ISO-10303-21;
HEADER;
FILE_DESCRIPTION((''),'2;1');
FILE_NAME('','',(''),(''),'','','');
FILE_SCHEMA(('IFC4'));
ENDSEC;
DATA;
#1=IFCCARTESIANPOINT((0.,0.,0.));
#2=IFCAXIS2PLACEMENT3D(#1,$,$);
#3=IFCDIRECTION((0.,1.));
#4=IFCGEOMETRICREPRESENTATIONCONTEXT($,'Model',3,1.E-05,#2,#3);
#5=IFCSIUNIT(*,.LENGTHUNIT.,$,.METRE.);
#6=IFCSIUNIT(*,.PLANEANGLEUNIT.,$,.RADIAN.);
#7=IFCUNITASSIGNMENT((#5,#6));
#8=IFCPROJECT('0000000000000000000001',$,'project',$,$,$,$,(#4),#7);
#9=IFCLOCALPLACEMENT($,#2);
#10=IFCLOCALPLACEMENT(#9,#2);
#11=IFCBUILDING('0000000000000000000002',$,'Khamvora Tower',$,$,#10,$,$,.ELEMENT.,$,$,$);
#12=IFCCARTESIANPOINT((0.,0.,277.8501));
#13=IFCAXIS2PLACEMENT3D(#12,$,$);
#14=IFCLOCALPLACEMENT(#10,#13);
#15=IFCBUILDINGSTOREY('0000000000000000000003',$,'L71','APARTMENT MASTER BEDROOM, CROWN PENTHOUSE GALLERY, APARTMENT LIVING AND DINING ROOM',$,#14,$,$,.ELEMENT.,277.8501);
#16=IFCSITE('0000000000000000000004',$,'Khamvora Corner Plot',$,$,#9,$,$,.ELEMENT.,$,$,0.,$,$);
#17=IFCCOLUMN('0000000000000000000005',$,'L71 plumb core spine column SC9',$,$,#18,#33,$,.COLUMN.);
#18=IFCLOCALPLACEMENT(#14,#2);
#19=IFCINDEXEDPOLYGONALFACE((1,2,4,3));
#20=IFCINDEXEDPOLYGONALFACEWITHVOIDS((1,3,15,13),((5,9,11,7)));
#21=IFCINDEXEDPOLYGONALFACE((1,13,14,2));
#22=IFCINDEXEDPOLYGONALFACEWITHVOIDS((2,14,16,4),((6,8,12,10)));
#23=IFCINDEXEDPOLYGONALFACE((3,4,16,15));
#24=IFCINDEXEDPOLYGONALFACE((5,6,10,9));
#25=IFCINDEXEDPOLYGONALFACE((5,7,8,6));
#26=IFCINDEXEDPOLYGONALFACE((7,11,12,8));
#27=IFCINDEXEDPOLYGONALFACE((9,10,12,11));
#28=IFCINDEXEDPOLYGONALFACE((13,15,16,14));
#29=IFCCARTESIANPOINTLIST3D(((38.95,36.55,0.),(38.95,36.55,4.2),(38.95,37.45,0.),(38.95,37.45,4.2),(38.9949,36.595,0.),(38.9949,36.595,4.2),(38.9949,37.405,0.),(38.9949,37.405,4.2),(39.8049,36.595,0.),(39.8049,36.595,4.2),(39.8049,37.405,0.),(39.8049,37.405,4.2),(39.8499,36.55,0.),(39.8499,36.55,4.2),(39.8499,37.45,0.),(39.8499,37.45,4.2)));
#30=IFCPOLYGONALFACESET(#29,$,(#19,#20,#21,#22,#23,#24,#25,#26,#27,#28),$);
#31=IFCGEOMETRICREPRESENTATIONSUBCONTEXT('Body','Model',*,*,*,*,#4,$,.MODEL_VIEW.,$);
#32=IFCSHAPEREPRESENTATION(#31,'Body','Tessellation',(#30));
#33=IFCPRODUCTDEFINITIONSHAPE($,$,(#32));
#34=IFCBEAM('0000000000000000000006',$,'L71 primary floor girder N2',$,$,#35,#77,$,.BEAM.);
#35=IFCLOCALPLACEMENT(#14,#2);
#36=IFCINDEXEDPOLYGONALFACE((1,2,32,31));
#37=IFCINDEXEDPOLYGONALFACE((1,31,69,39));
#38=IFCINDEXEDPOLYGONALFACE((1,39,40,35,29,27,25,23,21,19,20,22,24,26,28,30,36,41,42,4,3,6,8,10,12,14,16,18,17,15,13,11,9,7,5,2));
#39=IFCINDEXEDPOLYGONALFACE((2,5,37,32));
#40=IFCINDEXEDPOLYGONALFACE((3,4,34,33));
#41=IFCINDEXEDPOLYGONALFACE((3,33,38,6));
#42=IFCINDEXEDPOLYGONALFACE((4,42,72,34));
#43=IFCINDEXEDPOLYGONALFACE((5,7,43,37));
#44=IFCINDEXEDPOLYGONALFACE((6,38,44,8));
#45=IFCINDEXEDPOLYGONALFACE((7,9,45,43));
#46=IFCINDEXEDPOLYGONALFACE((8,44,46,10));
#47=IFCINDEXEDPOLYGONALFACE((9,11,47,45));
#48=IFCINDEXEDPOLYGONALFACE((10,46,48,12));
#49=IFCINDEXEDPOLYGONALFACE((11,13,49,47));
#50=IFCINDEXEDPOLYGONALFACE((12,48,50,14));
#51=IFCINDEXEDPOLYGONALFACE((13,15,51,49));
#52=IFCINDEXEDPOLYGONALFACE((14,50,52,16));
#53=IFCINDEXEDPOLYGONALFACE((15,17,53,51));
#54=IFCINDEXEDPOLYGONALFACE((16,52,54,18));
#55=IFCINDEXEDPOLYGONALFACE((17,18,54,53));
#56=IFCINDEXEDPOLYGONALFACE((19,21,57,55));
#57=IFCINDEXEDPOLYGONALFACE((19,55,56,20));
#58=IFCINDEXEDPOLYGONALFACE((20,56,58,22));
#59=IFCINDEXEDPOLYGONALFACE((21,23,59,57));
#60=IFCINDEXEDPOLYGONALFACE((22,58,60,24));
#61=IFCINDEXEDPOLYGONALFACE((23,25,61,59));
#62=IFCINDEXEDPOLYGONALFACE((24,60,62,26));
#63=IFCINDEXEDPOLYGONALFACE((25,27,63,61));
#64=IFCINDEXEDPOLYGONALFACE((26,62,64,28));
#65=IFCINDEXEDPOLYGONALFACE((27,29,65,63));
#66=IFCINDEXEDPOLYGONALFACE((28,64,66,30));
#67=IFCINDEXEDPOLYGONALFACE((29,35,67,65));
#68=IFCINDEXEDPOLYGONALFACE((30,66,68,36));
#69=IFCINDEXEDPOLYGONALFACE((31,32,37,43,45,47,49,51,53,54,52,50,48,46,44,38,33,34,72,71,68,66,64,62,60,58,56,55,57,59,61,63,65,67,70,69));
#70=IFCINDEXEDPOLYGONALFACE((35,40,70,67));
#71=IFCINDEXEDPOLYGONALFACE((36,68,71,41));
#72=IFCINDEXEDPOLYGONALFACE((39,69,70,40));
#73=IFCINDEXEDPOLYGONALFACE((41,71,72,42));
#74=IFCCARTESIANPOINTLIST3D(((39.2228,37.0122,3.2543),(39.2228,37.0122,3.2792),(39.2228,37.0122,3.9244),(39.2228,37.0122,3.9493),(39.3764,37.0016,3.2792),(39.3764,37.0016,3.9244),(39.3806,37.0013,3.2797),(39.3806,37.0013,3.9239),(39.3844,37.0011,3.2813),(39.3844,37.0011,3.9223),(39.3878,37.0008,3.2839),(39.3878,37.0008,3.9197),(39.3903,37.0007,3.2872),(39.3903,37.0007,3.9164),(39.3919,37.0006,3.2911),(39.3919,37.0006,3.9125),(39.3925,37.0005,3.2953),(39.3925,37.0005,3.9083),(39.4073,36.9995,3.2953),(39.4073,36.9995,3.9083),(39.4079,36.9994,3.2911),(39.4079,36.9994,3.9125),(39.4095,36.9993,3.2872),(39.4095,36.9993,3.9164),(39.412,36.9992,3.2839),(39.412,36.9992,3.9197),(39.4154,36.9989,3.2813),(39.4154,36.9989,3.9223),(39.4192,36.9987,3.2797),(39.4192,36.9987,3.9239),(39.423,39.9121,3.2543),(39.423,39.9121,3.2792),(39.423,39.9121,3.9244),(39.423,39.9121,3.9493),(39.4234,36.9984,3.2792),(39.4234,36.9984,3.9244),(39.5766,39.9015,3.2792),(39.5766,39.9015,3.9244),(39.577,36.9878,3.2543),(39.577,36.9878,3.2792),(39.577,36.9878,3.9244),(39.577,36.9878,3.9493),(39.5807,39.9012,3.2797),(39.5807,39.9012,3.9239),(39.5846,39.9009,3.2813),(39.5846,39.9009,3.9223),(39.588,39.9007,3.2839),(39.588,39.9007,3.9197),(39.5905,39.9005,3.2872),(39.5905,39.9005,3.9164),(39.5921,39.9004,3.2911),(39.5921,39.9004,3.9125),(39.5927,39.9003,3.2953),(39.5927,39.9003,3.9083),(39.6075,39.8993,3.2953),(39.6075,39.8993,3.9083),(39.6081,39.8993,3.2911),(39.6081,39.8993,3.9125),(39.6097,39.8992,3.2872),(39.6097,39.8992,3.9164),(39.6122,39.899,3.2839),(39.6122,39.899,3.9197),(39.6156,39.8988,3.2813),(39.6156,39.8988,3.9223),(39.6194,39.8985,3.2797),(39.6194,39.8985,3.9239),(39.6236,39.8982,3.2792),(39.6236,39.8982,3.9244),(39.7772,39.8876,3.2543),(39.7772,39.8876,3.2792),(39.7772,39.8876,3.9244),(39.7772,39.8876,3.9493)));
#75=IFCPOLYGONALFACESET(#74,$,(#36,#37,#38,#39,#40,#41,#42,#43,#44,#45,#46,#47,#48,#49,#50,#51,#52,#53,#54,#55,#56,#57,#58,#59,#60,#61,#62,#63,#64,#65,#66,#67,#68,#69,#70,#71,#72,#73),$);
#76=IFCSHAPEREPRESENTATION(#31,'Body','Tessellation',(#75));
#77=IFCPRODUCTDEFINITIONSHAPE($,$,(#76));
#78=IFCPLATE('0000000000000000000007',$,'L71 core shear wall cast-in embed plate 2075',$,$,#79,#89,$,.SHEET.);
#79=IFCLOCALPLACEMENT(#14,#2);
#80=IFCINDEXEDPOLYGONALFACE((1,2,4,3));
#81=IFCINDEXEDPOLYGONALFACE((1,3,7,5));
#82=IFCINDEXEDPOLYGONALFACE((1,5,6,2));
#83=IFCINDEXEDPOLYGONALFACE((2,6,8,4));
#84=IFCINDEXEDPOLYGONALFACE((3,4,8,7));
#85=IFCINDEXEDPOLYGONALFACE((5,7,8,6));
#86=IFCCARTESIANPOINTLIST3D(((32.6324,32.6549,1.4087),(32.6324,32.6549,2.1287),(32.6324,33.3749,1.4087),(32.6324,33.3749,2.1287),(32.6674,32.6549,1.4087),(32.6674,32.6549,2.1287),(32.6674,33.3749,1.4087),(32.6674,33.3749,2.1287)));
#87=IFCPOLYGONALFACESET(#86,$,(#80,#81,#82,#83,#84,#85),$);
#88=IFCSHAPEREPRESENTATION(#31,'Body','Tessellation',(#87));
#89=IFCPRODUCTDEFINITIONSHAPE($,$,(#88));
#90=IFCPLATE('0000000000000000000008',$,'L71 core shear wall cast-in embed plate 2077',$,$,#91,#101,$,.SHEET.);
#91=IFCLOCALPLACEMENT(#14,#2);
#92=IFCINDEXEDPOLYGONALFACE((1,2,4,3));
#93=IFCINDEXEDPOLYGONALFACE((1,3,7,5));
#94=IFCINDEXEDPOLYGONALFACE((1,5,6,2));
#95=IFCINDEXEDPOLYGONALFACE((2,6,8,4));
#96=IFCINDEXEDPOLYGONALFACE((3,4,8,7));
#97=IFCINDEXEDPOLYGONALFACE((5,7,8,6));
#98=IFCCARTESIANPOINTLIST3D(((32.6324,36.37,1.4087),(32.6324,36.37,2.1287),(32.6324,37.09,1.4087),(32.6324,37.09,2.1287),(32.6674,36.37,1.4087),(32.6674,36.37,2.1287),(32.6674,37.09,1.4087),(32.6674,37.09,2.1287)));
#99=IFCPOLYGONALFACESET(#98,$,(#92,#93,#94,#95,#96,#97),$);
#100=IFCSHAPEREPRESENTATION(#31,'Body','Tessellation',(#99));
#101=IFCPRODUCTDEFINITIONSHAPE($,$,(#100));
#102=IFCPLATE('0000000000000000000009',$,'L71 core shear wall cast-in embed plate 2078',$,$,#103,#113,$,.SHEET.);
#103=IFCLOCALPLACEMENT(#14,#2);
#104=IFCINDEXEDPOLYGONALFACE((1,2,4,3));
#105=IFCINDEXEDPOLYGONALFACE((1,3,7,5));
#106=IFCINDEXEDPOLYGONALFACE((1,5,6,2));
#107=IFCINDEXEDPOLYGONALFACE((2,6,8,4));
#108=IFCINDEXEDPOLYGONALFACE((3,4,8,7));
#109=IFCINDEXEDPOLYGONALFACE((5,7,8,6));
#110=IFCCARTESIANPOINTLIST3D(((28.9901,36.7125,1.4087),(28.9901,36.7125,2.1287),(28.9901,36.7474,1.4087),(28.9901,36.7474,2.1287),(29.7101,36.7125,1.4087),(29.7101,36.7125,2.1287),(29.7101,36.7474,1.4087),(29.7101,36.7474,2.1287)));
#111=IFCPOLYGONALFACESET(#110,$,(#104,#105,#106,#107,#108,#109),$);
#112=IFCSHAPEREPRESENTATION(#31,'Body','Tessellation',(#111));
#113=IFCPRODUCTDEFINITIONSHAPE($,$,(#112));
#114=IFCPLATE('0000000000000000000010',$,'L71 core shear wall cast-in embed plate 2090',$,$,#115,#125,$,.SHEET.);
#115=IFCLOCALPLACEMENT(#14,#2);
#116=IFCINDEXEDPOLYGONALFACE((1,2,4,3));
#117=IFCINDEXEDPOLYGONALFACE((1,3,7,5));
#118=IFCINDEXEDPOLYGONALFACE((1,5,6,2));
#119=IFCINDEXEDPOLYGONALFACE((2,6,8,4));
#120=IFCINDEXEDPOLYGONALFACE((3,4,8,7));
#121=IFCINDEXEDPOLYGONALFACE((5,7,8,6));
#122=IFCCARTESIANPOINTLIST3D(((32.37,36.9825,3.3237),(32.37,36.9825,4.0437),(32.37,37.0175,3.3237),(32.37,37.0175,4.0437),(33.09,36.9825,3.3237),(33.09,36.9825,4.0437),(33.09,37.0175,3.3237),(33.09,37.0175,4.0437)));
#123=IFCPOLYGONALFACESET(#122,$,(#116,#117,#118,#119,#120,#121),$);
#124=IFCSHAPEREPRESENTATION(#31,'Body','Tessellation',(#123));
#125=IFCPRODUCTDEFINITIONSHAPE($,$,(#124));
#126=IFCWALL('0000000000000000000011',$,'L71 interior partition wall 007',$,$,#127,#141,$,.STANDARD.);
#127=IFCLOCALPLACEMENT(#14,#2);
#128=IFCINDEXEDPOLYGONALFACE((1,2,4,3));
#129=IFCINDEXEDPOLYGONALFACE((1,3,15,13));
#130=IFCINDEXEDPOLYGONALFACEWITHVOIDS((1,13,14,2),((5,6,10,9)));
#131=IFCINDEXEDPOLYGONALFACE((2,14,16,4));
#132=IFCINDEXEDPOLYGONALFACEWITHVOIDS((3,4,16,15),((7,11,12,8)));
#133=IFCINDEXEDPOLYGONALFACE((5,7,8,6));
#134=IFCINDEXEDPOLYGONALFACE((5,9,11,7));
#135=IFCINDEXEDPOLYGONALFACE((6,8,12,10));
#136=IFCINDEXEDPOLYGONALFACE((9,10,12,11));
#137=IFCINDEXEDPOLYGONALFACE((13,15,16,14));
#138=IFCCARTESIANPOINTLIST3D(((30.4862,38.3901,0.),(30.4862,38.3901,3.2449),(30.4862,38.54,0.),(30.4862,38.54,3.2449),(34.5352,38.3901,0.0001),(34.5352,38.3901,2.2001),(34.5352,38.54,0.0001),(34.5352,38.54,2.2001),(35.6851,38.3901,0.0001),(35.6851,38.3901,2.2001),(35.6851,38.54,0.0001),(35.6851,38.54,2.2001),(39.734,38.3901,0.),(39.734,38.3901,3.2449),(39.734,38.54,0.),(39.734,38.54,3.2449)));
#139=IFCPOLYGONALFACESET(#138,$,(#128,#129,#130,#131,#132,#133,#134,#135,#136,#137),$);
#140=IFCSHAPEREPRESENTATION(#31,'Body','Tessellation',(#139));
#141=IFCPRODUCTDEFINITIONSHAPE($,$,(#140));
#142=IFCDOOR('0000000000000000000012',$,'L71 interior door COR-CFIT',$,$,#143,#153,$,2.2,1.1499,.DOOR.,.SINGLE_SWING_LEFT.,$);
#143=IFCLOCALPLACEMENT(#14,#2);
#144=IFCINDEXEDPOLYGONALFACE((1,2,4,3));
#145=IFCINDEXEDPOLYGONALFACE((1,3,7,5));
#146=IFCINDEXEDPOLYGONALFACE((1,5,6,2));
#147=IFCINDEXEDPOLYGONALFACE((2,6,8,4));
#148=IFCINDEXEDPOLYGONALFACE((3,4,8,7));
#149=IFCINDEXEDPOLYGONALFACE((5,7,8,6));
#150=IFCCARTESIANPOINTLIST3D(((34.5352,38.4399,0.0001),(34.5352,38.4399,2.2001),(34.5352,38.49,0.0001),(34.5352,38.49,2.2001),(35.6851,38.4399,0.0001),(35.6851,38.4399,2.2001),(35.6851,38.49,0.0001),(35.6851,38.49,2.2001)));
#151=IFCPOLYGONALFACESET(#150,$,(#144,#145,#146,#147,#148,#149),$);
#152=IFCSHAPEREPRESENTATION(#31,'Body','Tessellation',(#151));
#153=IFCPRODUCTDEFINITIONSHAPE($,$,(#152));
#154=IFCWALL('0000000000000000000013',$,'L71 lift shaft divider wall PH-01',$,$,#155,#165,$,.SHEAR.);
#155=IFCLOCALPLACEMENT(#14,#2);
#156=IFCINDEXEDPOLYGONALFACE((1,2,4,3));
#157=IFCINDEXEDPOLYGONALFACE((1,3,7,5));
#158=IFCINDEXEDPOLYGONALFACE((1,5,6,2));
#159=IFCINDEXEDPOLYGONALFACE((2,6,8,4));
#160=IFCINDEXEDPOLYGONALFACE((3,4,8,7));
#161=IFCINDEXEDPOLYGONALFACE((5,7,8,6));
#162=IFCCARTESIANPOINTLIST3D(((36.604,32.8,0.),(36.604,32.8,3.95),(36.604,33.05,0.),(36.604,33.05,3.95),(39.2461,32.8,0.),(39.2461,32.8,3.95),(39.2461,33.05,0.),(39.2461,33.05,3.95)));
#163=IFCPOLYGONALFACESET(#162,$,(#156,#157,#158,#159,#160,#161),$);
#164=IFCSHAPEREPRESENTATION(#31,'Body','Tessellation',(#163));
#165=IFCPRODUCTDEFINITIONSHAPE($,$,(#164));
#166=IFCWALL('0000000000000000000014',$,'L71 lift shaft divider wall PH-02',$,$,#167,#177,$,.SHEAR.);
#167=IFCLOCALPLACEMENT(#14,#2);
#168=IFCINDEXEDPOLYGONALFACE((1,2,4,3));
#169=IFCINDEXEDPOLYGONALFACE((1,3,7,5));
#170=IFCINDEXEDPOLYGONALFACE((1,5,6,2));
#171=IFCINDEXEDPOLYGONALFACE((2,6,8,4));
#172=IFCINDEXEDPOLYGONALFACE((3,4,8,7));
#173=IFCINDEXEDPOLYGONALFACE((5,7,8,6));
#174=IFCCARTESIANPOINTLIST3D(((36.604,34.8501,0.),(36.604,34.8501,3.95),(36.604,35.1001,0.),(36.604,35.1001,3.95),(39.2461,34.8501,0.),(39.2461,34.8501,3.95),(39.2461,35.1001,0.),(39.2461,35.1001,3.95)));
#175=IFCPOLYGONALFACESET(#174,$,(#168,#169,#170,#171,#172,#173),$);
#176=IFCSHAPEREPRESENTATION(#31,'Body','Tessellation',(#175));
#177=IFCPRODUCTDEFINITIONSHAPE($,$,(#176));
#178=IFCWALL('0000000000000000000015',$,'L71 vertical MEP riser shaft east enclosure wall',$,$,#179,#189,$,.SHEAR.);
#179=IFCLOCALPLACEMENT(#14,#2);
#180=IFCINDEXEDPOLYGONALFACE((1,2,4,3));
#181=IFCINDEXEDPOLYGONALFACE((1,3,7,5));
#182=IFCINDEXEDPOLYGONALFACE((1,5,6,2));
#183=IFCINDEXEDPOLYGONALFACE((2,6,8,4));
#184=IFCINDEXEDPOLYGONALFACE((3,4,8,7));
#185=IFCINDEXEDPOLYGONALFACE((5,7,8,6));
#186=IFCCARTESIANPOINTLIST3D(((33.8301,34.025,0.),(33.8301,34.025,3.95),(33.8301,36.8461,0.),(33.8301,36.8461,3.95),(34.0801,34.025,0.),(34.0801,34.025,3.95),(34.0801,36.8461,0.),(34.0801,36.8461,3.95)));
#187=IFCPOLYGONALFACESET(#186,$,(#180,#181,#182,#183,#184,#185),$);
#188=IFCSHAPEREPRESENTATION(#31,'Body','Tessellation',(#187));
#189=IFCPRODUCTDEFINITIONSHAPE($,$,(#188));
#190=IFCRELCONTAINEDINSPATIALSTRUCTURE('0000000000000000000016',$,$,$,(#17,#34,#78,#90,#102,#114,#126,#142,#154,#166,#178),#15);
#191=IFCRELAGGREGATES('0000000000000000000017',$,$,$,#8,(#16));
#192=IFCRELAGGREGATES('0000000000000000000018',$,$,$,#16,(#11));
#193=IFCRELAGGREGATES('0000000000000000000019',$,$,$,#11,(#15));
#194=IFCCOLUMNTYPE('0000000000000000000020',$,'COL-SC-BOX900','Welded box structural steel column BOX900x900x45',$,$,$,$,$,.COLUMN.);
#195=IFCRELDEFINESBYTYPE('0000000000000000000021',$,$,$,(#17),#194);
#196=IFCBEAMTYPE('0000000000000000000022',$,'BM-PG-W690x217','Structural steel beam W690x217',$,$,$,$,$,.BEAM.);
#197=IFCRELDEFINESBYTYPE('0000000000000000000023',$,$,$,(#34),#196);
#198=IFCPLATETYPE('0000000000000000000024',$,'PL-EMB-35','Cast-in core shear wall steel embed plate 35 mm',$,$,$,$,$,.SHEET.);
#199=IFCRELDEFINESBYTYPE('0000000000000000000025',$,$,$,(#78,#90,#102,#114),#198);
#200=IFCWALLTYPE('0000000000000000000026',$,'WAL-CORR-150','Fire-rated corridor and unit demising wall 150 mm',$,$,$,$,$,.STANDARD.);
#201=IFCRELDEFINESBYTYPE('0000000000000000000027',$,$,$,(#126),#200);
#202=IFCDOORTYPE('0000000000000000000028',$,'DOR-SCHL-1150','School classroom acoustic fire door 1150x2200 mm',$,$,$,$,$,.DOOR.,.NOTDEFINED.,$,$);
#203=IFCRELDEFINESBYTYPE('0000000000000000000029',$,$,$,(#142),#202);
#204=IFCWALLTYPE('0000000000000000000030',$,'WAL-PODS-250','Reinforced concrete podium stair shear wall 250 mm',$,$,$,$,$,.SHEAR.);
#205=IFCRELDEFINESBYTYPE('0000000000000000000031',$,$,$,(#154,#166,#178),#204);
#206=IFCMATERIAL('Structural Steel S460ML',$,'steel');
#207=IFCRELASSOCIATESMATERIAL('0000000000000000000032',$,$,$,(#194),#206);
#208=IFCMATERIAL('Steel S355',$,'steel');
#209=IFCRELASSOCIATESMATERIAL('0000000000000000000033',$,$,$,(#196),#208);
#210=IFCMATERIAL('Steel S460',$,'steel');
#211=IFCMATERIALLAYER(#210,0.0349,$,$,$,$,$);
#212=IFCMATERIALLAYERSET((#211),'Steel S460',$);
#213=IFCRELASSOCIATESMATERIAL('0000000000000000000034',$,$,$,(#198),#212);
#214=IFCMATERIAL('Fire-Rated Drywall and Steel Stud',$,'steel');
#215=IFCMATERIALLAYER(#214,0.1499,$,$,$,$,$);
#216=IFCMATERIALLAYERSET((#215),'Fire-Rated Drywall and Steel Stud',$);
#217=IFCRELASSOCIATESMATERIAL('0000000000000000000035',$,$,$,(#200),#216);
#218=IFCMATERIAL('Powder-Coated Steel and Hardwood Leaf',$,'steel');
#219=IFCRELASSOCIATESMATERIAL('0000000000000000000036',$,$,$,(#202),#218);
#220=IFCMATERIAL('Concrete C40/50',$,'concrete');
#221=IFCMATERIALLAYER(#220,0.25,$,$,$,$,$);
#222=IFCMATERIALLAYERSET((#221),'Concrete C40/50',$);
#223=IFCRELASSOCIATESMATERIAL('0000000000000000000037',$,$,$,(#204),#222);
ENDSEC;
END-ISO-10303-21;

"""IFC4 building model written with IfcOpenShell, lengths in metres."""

from ifc_helpers import new_model, si_unit, direction, frame, frame_2d, origin, origin_2d, place, context, subcontext, project, spatial, rectangle, hollow_rectangle, i_section, extrude, material, layer, layer_set, material_profile, profile_set, type_object, element, fill, save


model = new_model("IFC4")

# Units and contexts
model_context = context("Model", 3, precision=1e-05, world=origin(), true_north=direction((0.0, 1.0)))
body_context = subcontext(model_context, "Body", "Model", "MODEL_VIEW")
ifc_project = project(units=[si_unit("LENGTHUNIT", "METRE"), si_unit("PLANEANGLEUNIT", "RADIAN")], contexts=[model_context])

# Site, building, storey
site_placement = place(None, origin())
site = spatial("IfcSite", under=ifc_project, at=site_placement, Name="Khamvora Corner Plot", CompositionType="ELEMENT", RefElevation=0.0)
building_placement = place(site_placement, origin())
building = spatial("IfcBuilding", under=site, at=building_placement, Name="Khamvora Tower", CompositionType="ELEMENT")
storey_placement = place(building_placement, frame((0.0, 0.0, 277.8501)))
storey = spatial("IfcBuildingStorey", under=building, at=storey_placement, Name="L71", Description="APARTMENT MASTER BEDROOM, CROWN PENTHOUSE GALLERY, APARTMENT LIVING AND DINING ROOM", CompositionType="ELEMENT", Elevation=277.8501)

# Column
ifc_material_1 = material(Name="Structural Steel S460ML", Category="steel")
ifc_material_profile_1 = material_profile(ifc_material_1, hollow_rectangle(XDim=0.8999, YDim=0.8999, WallThickness=0.0449, at=origin_2d()), Name="BOX900x900x45")
ifc_profile_set_1 = profile_set([ifc_material_profile_1], Name="Structural Steel S460ML")
column_type = type_object("IfcColumnType", Name="COL-SC-BOX900", Description="Welded box structural steel column BOX900x900x45", PredefinedType="COLUMN", material=ifc_profile_set_1)
column_placement = place(storey_placement, frame((39.3999, 37.0, 0.0), z_axis=(0.0, 0.0, 1.0), x_axis=(1.0, 0.0, 0.0)))
element("IfcColumn", 1, at=column_placement, inside=storey, type_object=column_type, Name="L71 plumb core spine column SC9", PredefinedType="COLUMN", context=body_context, shape_type="SweptSolid", body=[
    extrude(hollow_rectangle(XDim=0.8999, YDim=0.8999, WallThickness=0.0449, at=origin_2d()), origin(), (0.0, 0.0, 1.0), 4.2),
])

# Beam
ifc_material_2 = material(Name="Steel S355", Category="steel")
ifc_material_profile_2 = material_profile(ifc_material_2, i_section(OverallWidth=0.355, OverallDepth=0.6951, WebThickness=0.0149, FlangeThickness=0.0249, FilletRadius=0.0161, at=origin_2d()), Name="W690x217")
ifc_profile_set_2 = profile_set([ifc_material_profile_2], Name="Steel S355")
beam_type = type_object("IfcBeamType", Name="BM-PG-W690x217", Description="Structural steel beam W690x217", PredefinedType="BEAM", material=ifc_profile_set_2)
beam_placement = place(storey_placement, frame((39.3999, 37.0, 3.6018), z_axis=(0.068871, 0.997626, 0.0), x_axis=(-0.997626, 0.068871, 0.0)))
element("IfcBeam", 2, at=beam_placement, inside=storey, type_object=beam_type, Name="L71 primary floor girder N2", PredefinedType="BEAM", context=body_context, shape_type="SweptSolid", body=[
    extrude(i_section(OverallWidth=0.355, OverallDepth=0.6951, WebThickness=0.0149, FlangeThickness=0.0249, FilletRadius=0.0161, at=origin_2d()), origin(), (0.0, 0.0, 1.0), 2.9067),
])

# Plates
ifc_material_3 = material(Name="Steel S460", Category="steel")
ifc_layer_1 = layer(ifc_material_3, 0.0349)
ifc_layer_set_1 = layer_set([ifc_layer_1], Name="Steel S460")
plate_type = type_object("IfcPlateType", Name="PL-EMB-35", Description="Cast-in core shear wall steel embed plate 35 mm", PredefinedType="SHEET", material=ifc_layer_set_1)
for number, where, z_axis, x_axis, name in (
    (3, (32.6499, 33.0149, 1.4087), (0.0, 0.0, 1.0), (1.0, 0.0, 0.0), "L71 core shear wall cast-in embed plate 2075"),
    (4, (32.6499, 36.73, 1.4087), (0.0, 0.0, 1.0), (1.0, 0.0, 0.0), "L71 core shear wall cast-in embed plate 2077"),
):
    element("IfcPlate", number, at=place(storey_placement, frame(where, z_axis=z_axis, x_axis=x_axis)), inside=storey, type_object=plate_type, Name=name, PredefinedType="SHEET", context=body_context, shape_type="SweptSolid", body=[
        extrude(rectangle(XDim=0.0349, YDim=0.72, at=origin_2d()), origin(), (0.0, 0.0, 1.0), 0.72),
    ])
for number, where, z_axis, x_axis, name in (
    (5, (29.3501, 36.73, 1.4087), (0.0, 0.0, 1.0), (1.0, 0.0, 0.0), "L71 core shear wall cast-in embed plate 2078"),
    (6, (32.73, 37.0, 3.3237), (0.0, 0.0, 1.0), (1.0, 0.0, 0.0), "L71 core shear wall cast-in embed plate 2090"),
):
    element("IfcPlate", number, at=place(storey_placement, frame(where, z_axis=z_axis, x_axis=x_axis)), inside=storey, type_object=plate_type, Name=name, PredefinedType="SHEET", context=body_context, shape_type="SweptSolid", body=[
        extrude(rectangle(XDim=0.72, YDim=0.0349, at=origin_2d()), origin(), (0.0, 0.0, 1.0), 0.72),
    ])

# Shared definitions
ifc_material_4 = material(Name="Powder-Coated Steel and Hardwood Leaf", Category="steel")

# Wall, opening, door
ifc_material_5 = material(Name="Fire-Rated Drywall and Steel Stud", Category="steel")
ifc_layer_2 = layer(ifc_material_5, 0.1499)
ifc_layer_set_2 = layer_set([ifc_layer_2], Name="Fire-Rated Drywall and Steel Stud")
wall_type_1 = type_object("IfcWallType", Name="WAL-CORR-150", Description="Fire-rated corridor and unit demising wall 150 mm", PredefinedType="STANDARD", material=ifc_layer_set_2)
wall_1_placement = place(storey_placement, frame((30.4861, 38.4651, 0.0), z_axis=(0.0, 0.0, 1.0), x_axis=(1.0, 0.0, 0.0)))
wall_1 = element("IfcWall", 7, at=wall_1_placement, inside=storey, type_object=wall_type_1, Name="L71 interior partition wall 007", PredefinedType="STANDARD", context=body_context, shape_type="SweptSolid", body=[
    extrude(rectangle(XDim=9.2478, YDim=0.1499, at=frame_2d((4.624, 0.0))), origin(), (0.0, 0.0, 1.0), 3.2449),
])
opening_1_placement = place(wall_1_placement, frame((4.0491, 0.0, 0.0)))
opening_1 = element("IfcOpeningElement", 8, at=opening_1_placement, cuts=wall_1, PredefinedType="OPENING", context=body_context, shape_type="SweptSolid", body=[
    extrude(rectangle(XDim=1.1499, YDim=2.2, at=frame_2d((0.575, 1.1001))), frame((0.0, 0.085, 0.0), z_axis=(0.0, -1.0, 0.0), x_axis=(1.0, 0.0, 0.0)), (0.0, 0.0, 1.0), 0.1699),
])
door_type_1 = type_object("IfcDoorType", Name="DOR-SCHL-1150", Description="School classroom acoustic fire door 1150x2200 mm", OperationType="NOTDEFINED", PredefinedType="DOOR", material=ifc_material_4)
door_1_placement = place(opening_1_placement, origin())
door_1 = element("IfcDoor", 9, at=door_1_placement, inside=storey, type_object=door_type_1, Name="L71 interior door COR-CFIT", OperationType="SINGLE_SWING_LEFT", OverallHeight=2.2, OverallWidth=1.1499, PredefinedType="DOOR", context=body_context, shape_type="SweptSolid", body=[
    extrude(rectangle(XDim=1.1499, YDim=2.2, at=frame_2d((0.575, 1.1001))), frame((0.0, 0.0249, 0.0), z_axis=(0.0, -1.0, 0.0), x_axis=(1.0, 0.0, 0.0)), (0.0, 0.0, 1.0), 0.05),
])
fill(opening_1, door_1)

# Walls
ifc_material_6 = material(Name="Concrete C40/50", Category="concrete")
ifc_layer_3 = layer(ifc_material_6, 0.25)
ifc_layer_set_3 = layer_set([ifc_layer_3], Name="Concrete C40/50")
wall_type_2 = type_object("IfcWallType", Name="WAL-PODS-250", Description="Reinforced concrete podium stair shear wall 250 mm", PredefinedType="SHEAR", material=ifc_layer_set_3)
for number, where, z_axis, x_axis, name in (
    (10, (36.604, 32.925, 0.0), (0.0, 0.0, 1.0), (1.0, 0.0, 0.0), "L71 lift shaft divider wall PH-01"),
    (11, (36.604, 34.9751, 0.0), (0.0, 0.0, 1.0), (1.0, 0.0, 0.0), "L71 lift shaft divider wall PH-02"),
):
    element("IfcWall", number, at=place(storey_placement, frame(where, z_axis=z_axis, x_axis=x_axis)), inside=storey, type_object=wall_type_2, Name=name, PredefinedType="SHEAR", context=body_context, shape_type="SweptSolid", body=[
        extrude(rectangle(XDim=2.6421, YDim=0.25, at=frame_2d((1.321, 0.0))), origin(), (0.0, 0.0, 1.0), 3.95),
    ])
wall_2_placement = place(storey_placement, frame((33.9551, 34.0249, 0.0), z_axis=(0.0, 0.0, 1.0), x_axis=(0.0, 1.0, 0.0)))
element("IfcWall", 12, at=wall_2_placement, inside=storey, type_object=wall_type_2, Name="L71 vertical MEP riser shaft east enclosure wall", PredefinedType="SHEAR", context=body_context, shape_type="SweptSolid", body=[
    extrude(rectangle(XDim=2.821, YDim=0.25, at=frame_2d((1.4106, 0.0))), origin(), (0.0, 0.0, 1.0), 3.95),
])

save(model, "model.ifc")
